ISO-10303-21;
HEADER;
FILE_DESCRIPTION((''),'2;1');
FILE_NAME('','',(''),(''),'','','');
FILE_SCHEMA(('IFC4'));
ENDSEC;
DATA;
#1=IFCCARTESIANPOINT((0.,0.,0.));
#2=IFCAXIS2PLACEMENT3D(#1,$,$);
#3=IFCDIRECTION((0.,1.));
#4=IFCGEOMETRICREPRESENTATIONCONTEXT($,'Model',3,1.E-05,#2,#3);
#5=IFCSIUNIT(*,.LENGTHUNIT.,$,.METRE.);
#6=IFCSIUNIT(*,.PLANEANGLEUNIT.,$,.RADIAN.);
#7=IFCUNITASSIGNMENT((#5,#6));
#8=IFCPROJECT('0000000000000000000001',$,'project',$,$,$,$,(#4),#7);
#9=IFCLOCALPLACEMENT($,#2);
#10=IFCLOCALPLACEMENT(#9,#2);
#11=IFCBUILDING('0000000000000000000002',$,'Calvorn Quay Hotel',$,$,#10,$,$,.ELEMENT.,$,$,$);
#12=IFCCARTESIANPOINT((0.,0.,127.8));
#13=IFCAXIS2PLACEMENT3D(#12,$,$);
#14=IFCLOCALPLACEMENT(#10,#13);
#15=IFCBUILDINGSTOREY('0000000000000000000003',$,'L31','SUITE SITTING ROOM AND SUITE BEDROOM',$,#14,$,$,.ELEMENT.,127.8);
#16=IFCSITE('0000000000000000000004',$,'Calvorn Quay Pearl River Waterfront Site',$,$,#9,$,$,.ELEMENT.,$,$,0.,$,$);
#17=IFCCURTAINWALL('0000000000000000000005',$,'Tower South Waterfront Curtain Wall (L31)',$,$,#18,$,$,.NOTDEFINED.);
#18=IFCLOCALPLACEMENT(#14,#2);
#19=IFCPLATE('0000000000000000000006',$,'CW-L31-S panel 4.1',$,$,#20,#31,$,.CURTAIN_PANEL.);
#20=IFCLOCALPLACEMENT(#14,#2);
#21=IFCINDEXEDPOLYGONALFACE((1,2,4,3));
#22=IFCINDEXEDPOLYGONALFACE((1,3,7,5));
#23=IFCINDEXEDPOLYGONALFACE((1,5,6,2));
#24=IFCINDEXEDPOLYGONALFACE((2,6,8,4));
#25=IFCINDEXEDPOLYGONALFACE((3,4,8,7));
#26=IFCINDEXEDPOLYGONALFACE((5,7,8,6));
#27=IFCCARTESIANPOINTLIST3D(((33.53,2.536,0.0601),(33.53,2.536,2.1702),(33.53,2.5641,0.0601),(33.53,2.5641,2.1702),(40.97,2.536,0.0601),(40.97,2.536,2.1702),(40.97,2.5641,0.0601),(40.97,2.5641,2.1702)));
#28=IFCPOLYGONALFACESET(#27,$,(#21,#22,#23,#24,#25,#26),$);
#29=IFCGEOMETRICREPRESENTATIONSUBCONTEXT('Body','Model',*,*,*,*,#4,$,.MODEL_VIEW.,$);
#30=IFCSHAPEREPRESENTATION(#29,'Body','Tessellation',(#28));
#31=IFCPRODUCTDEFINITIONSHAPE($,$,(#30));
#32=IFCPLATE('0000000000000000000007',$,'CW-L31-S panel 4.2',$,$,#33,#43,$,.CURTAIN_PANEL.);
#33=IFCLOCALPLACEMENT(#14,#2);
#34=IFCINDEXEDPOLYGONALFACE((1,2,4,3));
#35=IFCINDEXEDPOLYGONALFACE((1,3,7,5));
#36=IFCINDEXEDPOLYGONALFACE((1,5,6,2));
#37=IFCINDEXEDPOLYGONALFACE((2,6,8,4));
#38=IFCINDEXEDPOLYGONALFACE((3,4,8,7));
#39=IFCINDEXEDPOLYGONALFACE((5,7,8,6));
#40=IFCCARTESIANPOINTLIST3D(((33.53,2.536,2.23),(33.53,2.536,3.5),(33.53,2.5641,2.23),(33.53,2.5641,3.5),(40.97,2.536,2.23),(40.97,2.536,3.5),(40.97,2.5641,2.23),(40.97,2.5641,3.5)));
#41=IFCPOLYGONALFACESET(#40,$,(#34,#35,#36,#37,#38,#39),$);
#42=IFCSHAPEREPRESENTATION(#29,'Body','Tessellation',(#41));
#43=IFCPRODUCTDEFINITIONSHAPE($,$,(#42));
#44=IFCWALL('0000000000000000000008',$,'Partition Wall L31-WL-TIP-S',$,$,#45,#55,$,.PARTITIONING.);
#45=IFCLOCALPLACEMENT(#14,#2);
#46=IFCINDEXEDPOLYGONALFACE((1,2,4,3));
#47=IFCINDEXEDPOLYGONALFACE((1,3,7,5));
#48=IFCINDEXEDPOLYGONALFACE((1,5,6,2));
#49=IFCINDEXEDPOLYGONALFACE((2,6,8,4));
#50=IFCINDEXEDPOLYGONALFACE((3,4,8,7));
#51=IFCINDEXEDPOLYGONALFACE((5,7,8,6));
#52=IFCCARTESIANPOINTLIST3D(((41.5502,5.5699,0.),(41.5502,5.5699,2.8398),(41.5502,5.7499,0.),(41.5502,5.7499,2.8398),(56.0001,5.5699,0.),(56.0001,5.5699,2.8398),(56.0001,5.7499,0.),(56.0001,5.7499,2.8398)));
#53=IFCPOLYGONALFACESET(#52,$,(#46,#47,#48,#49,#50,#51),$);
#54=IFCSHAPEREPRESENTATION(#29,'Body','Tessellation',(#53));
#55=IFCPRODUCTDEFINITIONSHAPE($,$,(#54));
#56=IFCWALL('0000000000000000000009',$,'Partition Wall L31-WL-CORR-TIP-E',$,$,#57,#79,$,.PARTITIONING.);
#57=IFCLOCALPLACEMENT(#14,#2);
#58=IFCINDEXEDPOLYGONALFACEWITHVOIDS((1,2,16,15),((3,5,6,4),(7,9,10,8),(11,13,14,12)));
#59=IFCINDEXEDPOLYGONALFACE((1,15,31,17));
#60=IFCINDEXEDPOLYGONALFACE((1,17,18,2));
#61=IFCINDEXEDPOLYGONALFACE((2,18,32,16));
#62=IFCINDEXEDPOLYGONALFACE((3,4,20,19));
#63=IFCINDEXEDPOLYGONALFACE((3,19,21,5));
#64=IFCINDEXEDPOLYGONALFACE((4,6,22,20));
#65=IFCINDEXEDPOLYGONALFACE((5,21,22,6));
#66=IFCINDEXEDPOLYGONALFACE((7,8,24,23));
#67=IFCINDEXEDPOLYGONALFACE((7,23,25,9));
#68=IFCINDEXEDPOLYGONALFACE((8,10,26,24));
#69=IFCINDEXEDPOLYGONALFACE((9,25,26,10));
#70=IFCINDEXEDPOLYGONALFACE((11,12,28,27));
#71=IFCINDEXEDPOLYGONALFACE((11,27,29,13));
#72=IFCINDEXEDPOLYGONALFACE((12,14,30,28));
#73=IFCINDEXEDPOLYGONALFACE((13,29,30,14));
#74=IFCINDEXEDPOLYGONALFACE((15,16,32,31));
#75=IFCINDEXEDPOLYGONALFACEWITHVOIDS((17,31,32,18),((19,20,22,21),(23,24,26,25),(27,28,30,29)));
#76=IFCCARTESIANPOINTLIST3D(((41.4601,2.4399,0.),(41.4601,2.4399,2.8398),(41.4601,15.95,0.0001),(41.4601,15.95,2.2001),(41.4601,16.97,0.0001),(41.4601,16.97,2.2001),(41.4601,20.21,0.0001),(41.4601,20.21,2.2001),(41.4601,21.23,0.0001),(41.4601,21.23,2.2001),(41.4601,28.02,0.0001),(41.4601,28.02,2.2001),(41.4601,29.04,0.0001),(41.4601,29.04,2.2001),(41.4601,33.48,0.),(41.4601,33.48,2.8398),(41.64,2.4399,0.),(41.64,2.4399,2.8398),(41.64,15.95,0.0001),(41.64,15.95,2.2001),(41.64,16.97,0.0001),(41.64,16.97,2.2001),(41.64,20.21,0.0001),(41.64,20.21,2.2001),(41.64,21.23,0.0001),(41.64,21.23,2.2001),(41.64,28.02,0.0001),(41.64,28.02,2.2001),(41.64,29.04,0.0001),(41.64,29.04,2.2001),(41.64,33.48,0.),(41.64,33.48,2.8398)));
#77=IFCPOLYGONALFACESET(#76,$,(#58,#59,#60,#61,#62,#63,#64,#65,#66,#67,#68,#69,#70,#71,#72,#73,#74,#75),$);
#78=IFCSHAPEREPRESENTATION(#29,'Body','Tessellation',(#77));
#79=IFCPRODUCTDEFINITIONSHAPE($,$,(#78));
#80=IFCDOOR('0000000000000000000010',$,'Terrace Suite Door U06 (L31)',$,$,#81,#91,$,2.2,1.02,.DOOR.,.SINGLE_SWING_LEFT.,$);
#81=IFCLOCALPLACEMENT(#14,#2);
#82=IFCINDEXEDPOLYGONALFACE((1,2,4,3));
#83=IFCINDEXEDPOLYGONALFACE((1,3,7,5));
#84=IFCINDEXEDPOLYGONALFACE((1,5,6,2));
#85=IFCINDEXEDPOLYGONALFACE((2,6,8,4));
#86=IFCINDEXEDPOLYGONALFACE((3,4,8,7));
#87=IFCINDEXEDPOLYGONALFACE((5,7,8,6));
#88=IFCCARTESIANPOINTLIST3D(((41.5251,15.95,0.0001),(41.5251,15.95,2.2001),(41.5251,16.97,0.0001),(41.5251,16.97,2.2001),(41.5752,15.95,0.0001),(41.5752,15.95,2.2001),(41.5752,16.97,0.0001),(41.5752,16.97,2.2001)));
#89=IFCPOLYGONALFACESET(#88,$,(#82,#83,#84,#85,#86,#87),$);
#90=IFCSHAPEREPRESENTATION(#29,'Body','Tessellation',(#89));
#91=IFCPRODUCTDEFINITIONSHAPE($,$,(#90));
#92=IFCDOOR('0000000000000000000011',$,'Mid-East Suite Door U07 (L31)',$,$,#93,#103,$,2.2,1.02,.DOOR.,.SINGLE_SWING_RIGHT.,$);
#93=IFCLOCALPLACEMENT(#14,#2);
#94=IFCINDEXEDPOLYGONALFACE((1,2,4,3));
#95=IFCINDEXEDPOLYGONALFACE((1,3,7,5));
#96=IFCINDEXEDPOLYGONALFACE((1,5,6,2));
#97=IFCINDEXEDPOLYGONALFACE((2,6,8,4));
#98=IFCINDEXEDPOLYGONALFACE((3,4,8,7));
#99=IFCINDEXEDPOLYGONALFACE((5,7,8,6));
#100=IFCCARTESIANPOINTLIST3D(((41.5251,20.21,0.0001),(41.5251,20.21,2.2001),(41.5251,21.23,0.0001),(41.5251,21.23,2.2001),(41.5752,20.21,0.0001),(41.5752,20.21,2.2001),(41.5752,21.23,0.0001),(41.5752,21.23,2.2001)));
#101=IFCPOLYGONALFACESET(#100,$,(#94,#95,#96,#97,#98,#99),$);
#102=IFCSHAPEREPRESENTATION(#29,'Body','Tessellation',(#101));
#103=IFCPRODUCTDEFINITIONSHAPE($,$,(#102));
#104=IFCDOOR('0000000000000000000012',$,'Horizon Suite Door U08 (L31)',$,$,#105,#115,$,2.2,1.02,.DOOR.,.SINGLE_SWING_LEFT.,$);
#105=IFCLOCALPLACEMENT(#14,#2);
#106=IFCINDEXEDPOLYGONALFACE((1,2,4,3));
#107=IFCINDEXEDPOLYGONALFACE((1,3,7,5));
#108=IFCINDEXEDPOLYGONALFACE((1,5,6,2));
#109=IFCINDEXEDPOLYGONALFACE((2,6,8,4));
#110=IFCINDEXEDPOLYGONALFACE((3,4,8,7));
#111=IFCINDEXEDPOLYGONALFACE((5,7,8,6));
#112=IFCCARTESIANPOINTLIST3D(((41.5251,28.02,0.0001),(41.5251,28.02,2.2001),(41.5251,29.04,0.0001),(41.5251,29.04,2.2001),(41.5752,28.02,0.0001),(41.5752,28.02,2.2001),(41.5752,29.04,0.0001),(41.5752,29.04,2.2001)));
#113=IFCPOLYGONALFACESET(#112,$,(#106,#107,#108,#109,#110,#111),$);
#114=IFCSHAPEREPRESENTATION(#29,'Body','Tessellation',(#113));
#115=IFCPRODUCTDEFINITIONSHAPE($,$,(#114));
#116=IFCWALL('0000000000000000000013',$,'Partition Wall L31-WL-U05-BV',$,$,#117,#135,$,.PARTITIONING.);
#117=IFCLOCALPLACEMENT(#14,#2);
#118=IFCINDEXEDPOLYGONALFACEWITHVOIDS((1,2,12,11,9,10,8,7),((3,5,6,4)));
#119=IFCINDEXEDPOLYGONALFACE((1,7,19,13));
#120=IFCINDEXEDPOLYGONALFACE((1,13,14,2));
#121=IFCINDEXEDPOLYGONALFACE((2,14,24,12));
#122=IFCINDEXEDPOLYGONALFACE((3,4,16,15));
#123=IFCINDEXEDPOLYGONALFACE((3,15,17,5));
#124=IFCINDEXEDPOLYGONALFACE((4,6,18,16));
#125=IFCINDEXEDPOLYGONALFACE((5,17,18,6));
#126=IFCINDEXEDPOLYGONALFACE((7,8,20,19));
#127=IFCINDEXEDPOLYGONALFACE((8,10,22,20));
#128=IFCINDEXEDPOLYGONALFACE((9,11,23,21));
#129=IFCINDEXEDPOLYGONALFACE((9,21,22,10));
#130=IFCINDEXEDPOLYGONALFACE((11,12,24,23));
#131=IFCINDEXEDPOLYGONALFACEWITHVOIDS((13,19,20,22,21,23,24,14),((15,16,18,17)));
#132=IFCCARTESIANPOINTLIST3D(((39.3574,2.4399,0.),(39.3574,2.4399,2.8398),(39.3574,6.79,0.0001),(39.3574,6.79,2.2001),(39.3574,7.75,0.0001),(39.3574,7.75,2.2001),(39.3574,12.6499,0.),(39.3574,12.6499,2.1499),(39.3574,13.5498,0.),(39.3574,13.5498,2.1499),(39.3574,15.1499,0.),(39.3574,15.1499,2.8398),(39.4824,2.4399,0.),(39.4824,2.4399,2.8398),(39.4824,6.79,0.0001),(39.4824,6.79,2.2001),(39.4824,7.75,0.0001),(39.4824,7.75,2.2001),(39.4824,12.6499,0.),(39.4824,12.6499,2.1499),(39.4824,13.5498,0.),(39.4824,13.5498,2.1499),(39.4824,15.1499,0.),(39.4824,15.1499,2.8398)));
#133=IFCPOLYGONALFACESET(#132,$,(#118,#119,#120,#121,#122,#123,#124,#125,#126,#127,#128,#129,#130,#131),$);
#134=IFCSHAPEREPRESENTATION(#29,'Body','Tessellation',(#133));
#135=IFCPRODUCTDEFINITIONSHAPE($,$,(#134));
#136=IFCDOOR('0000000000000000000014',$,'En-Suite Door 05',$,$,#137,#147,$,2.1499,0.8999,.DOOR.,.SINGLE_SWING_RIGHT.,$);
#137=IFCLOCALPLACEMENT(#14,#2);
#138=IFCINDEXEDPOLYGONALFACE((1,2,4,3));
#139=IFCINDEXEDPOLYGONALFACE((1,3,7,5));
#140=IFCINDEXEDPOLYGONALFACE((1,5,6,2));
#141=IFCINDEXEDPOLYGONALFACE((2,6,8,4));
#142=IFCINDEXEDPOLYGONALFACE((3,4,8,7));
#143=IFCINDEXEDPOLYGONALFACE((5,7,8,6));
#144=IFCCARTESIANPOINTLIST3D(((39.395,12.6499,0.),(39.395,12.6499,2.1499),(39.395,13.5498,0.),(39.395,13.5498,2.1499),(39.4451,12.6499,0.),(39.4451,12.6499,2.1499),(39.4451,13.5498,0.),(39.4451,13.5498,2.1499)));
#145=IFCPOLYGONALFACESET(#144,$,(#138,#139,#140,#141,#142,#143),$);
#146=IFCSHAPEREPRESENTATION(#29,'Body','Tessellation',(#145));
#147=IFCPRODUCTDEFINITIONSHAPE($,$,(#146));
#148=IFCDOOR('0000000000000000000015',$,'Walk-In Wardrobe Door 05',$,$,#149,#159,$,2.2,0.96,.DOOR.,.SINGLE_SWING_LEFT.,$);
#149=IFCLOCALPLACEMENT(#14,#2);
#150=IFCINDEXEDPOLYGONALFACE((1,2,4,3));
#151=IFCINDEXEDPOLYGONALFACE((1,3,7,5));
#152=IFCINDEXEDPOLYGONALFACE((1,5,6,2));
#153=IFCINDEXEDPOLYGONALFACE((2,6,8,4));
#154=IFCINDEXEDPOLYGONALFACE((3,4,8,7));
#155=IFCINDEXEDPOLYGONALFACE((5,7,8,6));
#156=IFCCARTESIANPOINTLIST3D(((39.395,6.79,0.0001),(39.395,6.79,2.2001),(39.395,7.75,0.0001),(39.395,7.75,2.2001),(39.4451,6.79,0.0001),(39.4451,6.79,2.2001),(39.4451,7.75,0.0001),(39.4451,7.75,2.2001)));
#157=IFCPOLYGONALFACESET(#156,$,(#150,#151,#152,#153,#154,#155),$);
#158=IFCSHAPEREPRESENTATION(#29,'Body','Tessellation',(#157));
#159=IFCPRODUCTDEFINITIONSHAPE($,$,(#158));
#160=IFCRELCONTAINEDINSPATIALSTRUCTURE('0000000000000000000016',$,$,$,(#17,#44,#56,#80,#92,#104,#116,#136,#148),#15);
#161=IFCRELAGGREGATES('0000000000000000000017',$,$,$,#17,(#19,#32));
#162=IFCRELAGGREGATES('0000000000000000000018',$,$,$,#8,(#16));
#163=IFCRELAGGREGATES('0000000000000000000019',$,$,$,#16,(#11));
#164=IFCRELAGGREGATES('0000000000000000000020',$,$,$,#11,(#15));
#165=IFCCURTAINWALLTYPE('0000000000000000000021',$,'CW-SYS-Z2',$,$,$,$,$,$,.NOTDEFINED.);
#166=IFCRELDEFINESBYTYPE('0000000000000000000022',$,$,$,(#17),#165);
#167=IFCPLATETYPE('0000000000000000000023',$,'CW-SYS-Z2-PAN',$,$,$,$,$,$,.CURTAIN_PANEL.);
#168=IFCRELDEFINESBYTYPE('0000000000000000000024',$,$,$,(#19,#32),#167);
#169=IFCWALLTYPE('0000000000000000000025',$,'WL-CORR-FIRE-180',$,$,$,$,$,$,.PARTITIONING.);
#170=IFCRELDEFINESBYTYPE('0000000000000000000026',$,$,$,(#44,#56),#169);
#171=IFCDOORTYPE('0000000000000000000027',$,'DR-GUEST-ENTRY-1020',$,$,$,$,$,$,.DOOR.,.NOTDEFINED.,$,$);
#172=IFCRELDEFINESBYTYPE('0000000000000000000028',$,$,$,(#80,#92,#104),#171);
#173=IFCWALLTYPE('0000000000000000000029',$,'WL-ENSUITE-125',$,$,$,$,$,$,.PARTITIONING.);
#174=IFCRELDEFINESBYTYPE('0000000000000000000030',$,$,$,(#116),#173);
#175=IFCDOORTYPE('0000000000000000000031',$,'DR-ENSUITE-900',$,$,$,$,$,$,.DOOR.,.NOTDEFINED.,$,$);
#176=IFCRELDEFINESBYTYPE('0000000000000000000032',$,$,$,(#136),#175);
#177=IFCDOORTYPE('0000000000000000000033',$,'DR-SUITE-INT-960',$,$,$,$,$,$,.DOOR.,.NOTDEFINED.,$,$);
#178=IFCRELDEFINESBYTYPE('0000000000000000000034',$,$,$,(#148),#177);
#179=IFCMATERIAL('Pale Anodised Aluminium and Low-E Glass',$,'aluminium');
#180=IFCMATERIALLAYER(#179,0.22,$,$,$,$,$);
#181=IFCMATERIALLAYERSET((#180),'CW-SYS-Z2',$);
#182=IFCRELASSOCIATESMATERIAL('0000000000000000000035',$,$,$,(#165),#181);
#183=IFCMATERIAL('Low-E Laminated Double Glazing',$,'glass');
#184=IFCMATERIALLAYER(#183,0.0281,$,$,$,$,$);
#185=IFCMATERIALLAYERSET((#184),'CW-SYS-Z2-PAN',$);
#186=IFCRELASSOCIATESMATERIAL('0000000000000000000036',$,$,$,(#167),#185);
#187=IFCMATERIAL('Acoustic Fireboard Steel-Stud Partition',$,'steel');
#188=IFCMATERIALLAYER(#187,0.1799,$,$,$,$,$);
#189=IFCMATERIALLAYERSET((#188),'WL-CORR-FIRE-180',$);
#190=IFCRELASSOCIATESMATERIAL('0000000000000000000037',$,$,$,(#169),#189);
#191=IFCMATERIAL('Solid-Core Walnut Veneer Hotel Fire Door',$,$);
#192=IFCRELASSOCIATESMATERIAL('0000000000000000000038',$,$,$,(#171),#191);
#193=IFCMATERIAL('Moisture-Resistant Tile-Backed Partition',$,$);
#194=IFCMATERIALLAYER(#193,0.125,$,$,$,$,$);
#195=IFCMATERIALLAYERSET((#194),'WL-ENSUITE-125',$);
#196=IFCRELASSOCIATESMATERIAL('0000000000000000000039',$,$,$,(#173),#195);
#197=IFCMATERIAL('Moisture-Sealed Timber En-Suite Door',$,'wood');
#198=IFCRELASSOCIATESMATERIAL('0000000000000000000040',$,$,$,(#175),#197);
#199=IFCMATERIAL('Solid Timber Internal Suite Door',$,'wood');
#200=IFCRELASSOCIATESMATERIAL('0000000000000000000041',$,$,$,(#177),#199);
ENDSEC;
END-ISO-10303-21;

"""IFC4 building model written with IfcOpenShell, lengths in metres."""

from ifc_helpers import new_model, si_unit, direction, frame, frame_2d, origin, origin_2d, place, context, subcontext, project, spatial, rectangle, extrude, material, layer, layer_set, type_object, element, fill, aggregate, save


model = new_model("IFC4")

# Units and contexts
model_context = context("Model", 3, precision=1e-05, world=origin(), true_north=direction((0.0, 1.0)))
body_context = subcontext(model_context, "Body", "Model", "MODEL_VIEW")
ifc_project = project(units=[si_unit("LENGTHUNIT", "METRE"), si_unit("PLANEANGLEUNIT", "RADIAN")], contexts=[model_context])

# Site, building, storey
site_placement = place(None, origin())
site = spatial("IfcSite", under=ifc_project, at=site_placement, Name="Calvorn Quay Pearl River Waterfront Site", CompositionType="ELEMENT", RefElevation=0.0)
building_placement = place(site_placement, origin())
building = spatial("IfcBuilding", under=site, at=building_placement, Name="Calvorn Quay Hotel", CompositionType="ELEMENT")
storey_placement = place(building_placement, frame((0.0, 0.0, 127.8)))
storey = spatial("IfcBuildingStorey", under=building, at=storey_placement, Name="L31", Description="SUITE SITTING ROOM AND SUITE BEDROOM", CompositionType="ELEMENT", Elevation=127.8)

# Curtain wall, plates
ifc_material_1 = material(Name="Pale Anodised Aluminium and Low-E Glass", Category="aluminium")
ifc_layer_1 = layer(ifc_material_1, 0.22)
ifc_layer_set_1 = layer_set([ifc_layer_1], Name="CW-SYS-Z2")
curtain_wall_type = type_object("IfcCurtainWallType", Name="CW-SYS-Z2", PredefinedType="NOTDEFINED", material=ifc_layer_set_1)
curtain_wall_placement = place(storey_placement, origin())
curtain_wall = element("IfcCurtainWall", 1, at=curtain_wall_placement, inside=storey, type_object=curtain_wall_type, Name="Tower South Waterfront Curtain Wall (L31)", PredefinedType="NOTDEFINED")
ifc_material_2 = material(Name="Low-E Laminated Double Glazing", Category="glass")
ifc_layer_2 = layer(ifc_material_2, 0.0281)
ifc_layer_set_2 = layer_set([ifc_layer_2], Name="CW-SYS-Z2-PAN")
plate_type = type_object("IfcPlateType", Name="CW-SYS-Z2-PAN", PredefinedType="CURTAIN_PANEL", material=ifc_layer_set_2)
plate_1_placement = place(storey_placement, frame((37.25, 2.55, 0.0601), z_axis=(0.0, 0.0, 1.0), x_axis=(1.0, 0.0, 0.0)))
plate_1 = element("IfcPlate", 2, at=plate_1_placement, type_object=plate_type, Name="CW-L31-S panel 4.1", PredefinedType="CURTAIN_PANEL", context=body_context, shape_type="SweptSolid", body=[
    extrude(rectangle(XDim=7.4399, YDim=0.0281, at=origin_2d()), origin(), (0.0, 0.0, 1.0), 2.1101),
])
plate_2_placement = place(storey_placement, frame((37.25, 2.55, 2.23), z_axis=(0.0, 0.0, 1.0), x_axis=(1.0, 0.0, 0.0)))
plate_2 = element("IfcPlate", 3, at=plate_2_placement, type_object=plate_type, Name="CW-L31-S panel 4.2", PredefinedType="CURTAIN_PANEL", context=body_context, shape_type="SweptSolid", body=[
    extrude(rectangle(XDim=7.4399, YDim=0.0281, at=origin_2d()), origin(), (0.0, 0.0, 1.0), 1.27),
])
aggregate(curtain_wall, [plate_1, plate_2])

# Wall
ifc_material_3 = material(Name="Acoustic Fireboard Steel-Stud Partition", Category="steel")
ifc_layer_3 = layer(ifc_material_3, 0.1799)
ifc_layer_set_3 = layer_set([ifc_layer_3], Name="WL-CORR-FIRE-180")
wall_type_1 = type_object("IfcWallType", Name="WL-CORR-FIRE-180", PredefinedType="PARTITIONING", material=ifc_layer_set_3)
wall_1_placement = place(storey_placement, frame((41.55, 5.6599, 0.0), z_axis=(0.0, 0.0, 1.0), x_axis=(1.0, 0.0, 0.0)))
element("IfcWall", 4, at=wall_1_placement, inside=storey, type_object=wall_type_1, Name="Partition Wall L31-WL-TIP-S", PredefinedType="PARTITIONING", context=body_context, shape_type="SweptSolid", body=[
    extrude(rectangle(XDim=14.45, YDim=0.1799, at=frame_2d((7.2251, 0.0))), origin(), (0.0, 0.0, 1.0), 2.8398),
])

# Walls, openings, doors
wall_2_placement = place(storey_placement, frame((41.55, 2.4399, 0.0), z_axis=(0.0, 0.0, 1.0), x_axis=(0.0, 1.0, 0.0)))
wall_2 = element("IfcWall", 5, at=wall_2_placement, inside=storey, type_object=wall_type_1, Name="Partition Wall L31-WL-CORR-TIP-E", PredefinedType="PARTITIONING", context=body_context, shape_type="SweptSolid", body=[
    extrude(rectangle(XDim=31.04, YDim=0.1799, at=frame_2d((15.52, 0.0))), origin(), (0.0, 0.0, 1.0), 2.8398),
])
opening_1_placement = place(wall_2_placement, frame((13.51, 0.0, 0.0)))
opening_1 = element("IfcOpeningElement", 6, at=opening_1_placement, cuts=wall_2, PredefinedType="OPENING", context=body_context, shape_type="SweptSolid", body=[
    extrude(rectangle(XDim=1.02, YDim=2.2, at=frame_2d((0.51, 1.1001))), frame((0.0, 0.0999, 0.0), z_axis=(0.0, -1.0, 0.0), x_axis=(1.0, 0.0, 0.0)), (0.0, 0.0, 1.0), 0.2),
])
opening_2_placement = place(wall_2_placement, frame((17.77, 0.0, 0.0)))
opening_2 = element("IfcOpeningElement", 7, at=opening_2_placement, cuts=wall_2, PredefinedType="OPENING", context=body_context, shape_type="SweptSolid", body=[
    extrude(rectangle(XDim=1.02, YDim=2.2, at=frame_2d((0.51, 1.1001))), frame((0.0, 0.0999, 0.0), z_axis=(0.0, -1.0, 0.0), x_axis=(1.0, 0.0, 0.0)), (0.0, 0.0, 1.0), 0.2),
])
opening_3_placement = place(wall_2_placement, frame((25.5801, 0.0, 0.0)))
opening_3 = element("IfcOpeningElement", 8, at=opening_3_placement, cuts=wall_2, PredefinedType="OPENING", context=body_context, shape_type="SweptSolid", body=[
    extrude(rectangle(XDim=1.02, YDim=2.2, at=frame_2d((0.51, 1.1001))), frame((0.0, 0.0999, 0.0), z_axis=(0.0, -1.0, 0.0), x_axis=(1.0, 0.0, 0.0)), (0.0, 0.0, 1.0), 0.2),
])
ifc_material_4 = material(Name="Solid-Core Walnut Veneer Hotel Fire Door")
door_type_1 = type_object("IfcDoorType", Name="DR-GUEST-ENTRY-1020", OperationType="NOTDEFINED", PredefinedType="DOOR", material=ifc_material_4)
door_1_placement = place(opening_1_placement, origin())
door_1 = element("IfcDoor", 9, at=door_1_placement, inside=storey, type_object=door_type_1, Name="Terrace Suite Door U06 (L31)", OperationType="SINGLE_SWING_LEFT", OverallHeight=2.2, OverallWidth=1.02, PredefinedType="DOOR", context=body_context, shape_type="SweptSolid", body=[
    extrude(rectangle(XDim=1.02, YDim=2.2, at=frame_2d((0.51, 1.1001))), frame((0.0, 0.0249, 0.0), z_axis=(0.0, -1.0, 0.0), x_axis=(1.0, 0.0, 0.0)), (0.0, 0.0, 1.0), 0.05),
])
fill(opening_1, door_1)
door_2_placement = place(opening_2_placement, origin())
door_2 = element("IfcDoor", 10, at=door_2_placement, inside=storey, type_object=door_type_1, Name="Mid-East Suite Door U07 (L31)", OperationType="SINGLE_SWING_RIGHT", OverallHeight=2.2, OverallWidth=1.02, PredefinedType="DOOR", context=body_context, shape_type="SweptSolid", body=[
    extrude(rectangle(XDim=1.02, YDim=2.2, at=frame_2d((0.51, 1.1001))), frame((0.0, 0.0249, 0.0), z_axis=(0.0, -1.0, 0.0), x_axis=(1.0, 0.0, 0.0)), (0.0, 0.0, 1.0), 0.05),
])
fill(opening_2, door_2)
door_3_placement = place(opening_3_placement, origin())
door_3 = element("IfcDoor", 11, at=door_3_placement, inside=storey, type_object=door_type_1, Name="Horizon Suite Door U08 (L31)", OperationType="SINGLE_SWING_LEFT", OverallHeight=2.2, OverallWidth=1.02, PredefinedType="DOOR", context=body_context, shape_type="SweptSolid", body=[
    extrude(rectangle(XDim=1.02, YDim=2.2, at=frame_2d((0.51, 1.1001))), frame((0.0, 0.0249, 0.0), z_axis=(0.0, -1.0, 0.0), x_axis=(1.0, 0.0, 0.0)), (0.0, 0.0, 1.0), 0.05),
])
fill(opening_3, door_3)
ifc_material_5 = material(Name="Moisture-Resistant Tile-Backed Partition")
ifc_layer_4 = layer(ifc_material_5, 0.125)
ifc_layer_set_4 = layer_set([ifc_layer_4], Name="WL-ENSUITE-125")
wall_type_2 = type_object("IfcWallType", Name="WL-ENSUITE-125", PredefinedType="PARTITIONING", material=ifc_layer_set_4)
wall_3_placement = place(storey_placement, frame((39.4199, 2.4399, 0.0), z_axis=(0.0, 0.0, 1.0), x_axis=(0.0, 1.0, 0.0)))
wall_3 = element("IfcWall", 12, at=wall_3_placement, inside=storey, type_object=wall_type_2, Name="Partition Wall L31-WL-U05-BV", PredefinedType="PARTITIONING", context=body_context, shape_type="SweptSolid", body=[
    extrude(rectangle(XDim=12.71, YDim=0.125, at=frame_2d((6.355, 0.0))), origin(), (0.0, 0.0, 1.0), 2.8398),
])
opening_4_placement = place(wall_3_placement, frame((4.3501, 0.0, 0.0)))
opening_4 = element("IfcOpeningElement", 13, at=opening_4_placement, cuts=wall_3, PredefinedType="OPENING", context=body_context, shape_type="SweptSolid", body=[
    extrude(rectangle(XDim=0.96, YDim=2.2, at=frame_2d((0.48, 1.1001))), frame((0.0, 0.0725, 0.0), z_axis=(0.0, -1.0, 0.0), x_axis=(1.0, 0.0, 0.0)), (0.0, 0.0, 1.0), 0.145),
])
opening_5_placement = place(wall_3_placement, frame((10.21, 0.0, 0.0)))
opening_5 = element("IfcOpeningElement", 14, at=opening_5_placement, cuts=wall_3, PredefinedType="OPENING", context=body_context, shape_type="SweptSolid", body=[
    extrude(rectangle(XDim=0.8999, YDim=2.1499, at=frame_2d((0.45, 1.075))), frame((0.0, 0.0725, 0.0), z_axis=(0.0, -1.0, 0.0), x_axis=(1.0, 0.0, 0.0)), (0.0, 0.0, 1.0), 0.145),
])
ifc_material_6 = material(Name="Moisture-Sealed Timber En-Suite Door", Category="wood")
door_type_2 = type_object("IfcDoorType", Name="DR-ENSUITE-900", OperationType="NOTDEFINED", PredefinedType="DOOR", material=ifc_material_6)
door_4_placement = place(opening_5_placement, origin())
door_4 = element("IfcDoor", 15, at=door_4_placement, inside=storey, type_object=door_type_2, Name="En-Suite Door 05", OperationType="SINGLE_SWING_RIGHT", OverallHeight=2.1499, OverallWidth=0.8999, PredefinedType="DOOR", context=body_context, shape_type="SweptSolid", body=[
    extrude(rectangle(XDim=0.8999, YDim=2.1499, at=frame_2d((0.45, 1.075))), frame((0.0, 0.0249, 0.0), z_axis=(0.0, -1.0, 0.0), x_axis=(1.0, 0.0, 0.0)), (0.0, 0.0, 1.0), 0.05),
])
fill(opening_5, door_4)
ifc_material_7 = material(Name="Solid Timber Internal Suite Door", Category="wood")
door_type_3 = type_object("IfcDoorType", Name="DR-SUITE-INT-960", OperationType="NOTDEFINED", PredefinedType="DOOR", material=ifc_material_7)
door_5_placement = place(opening_4_placement, origin())
door_5 = element("IfcDoor", 16, at=door_5_placement, inside=storey, type_object=door_type_3, Name="Walk-In Wardrobe Door 05", OperationType="SINGLE_SWING_LEFT", OverallHeight=2.2, OverallWidth=0.96, PredefinedType="DOOR", context=body_context, shape_type="SweptSolid", body=[
    extrude(rectangle(XDim=0.96, YDim=2.2, at=frame_2d((0.48, 1.1001))), frame((0.0, 0.0249, 0.0), z_axis=(0.0, -1.0, 0.0), x_axis=(1.0, 0.0, 0.0)), (0.0, 0.0, 1.0), 0.05),
])
fill(opening_4, door_5)

save(model, "model.ifc")
